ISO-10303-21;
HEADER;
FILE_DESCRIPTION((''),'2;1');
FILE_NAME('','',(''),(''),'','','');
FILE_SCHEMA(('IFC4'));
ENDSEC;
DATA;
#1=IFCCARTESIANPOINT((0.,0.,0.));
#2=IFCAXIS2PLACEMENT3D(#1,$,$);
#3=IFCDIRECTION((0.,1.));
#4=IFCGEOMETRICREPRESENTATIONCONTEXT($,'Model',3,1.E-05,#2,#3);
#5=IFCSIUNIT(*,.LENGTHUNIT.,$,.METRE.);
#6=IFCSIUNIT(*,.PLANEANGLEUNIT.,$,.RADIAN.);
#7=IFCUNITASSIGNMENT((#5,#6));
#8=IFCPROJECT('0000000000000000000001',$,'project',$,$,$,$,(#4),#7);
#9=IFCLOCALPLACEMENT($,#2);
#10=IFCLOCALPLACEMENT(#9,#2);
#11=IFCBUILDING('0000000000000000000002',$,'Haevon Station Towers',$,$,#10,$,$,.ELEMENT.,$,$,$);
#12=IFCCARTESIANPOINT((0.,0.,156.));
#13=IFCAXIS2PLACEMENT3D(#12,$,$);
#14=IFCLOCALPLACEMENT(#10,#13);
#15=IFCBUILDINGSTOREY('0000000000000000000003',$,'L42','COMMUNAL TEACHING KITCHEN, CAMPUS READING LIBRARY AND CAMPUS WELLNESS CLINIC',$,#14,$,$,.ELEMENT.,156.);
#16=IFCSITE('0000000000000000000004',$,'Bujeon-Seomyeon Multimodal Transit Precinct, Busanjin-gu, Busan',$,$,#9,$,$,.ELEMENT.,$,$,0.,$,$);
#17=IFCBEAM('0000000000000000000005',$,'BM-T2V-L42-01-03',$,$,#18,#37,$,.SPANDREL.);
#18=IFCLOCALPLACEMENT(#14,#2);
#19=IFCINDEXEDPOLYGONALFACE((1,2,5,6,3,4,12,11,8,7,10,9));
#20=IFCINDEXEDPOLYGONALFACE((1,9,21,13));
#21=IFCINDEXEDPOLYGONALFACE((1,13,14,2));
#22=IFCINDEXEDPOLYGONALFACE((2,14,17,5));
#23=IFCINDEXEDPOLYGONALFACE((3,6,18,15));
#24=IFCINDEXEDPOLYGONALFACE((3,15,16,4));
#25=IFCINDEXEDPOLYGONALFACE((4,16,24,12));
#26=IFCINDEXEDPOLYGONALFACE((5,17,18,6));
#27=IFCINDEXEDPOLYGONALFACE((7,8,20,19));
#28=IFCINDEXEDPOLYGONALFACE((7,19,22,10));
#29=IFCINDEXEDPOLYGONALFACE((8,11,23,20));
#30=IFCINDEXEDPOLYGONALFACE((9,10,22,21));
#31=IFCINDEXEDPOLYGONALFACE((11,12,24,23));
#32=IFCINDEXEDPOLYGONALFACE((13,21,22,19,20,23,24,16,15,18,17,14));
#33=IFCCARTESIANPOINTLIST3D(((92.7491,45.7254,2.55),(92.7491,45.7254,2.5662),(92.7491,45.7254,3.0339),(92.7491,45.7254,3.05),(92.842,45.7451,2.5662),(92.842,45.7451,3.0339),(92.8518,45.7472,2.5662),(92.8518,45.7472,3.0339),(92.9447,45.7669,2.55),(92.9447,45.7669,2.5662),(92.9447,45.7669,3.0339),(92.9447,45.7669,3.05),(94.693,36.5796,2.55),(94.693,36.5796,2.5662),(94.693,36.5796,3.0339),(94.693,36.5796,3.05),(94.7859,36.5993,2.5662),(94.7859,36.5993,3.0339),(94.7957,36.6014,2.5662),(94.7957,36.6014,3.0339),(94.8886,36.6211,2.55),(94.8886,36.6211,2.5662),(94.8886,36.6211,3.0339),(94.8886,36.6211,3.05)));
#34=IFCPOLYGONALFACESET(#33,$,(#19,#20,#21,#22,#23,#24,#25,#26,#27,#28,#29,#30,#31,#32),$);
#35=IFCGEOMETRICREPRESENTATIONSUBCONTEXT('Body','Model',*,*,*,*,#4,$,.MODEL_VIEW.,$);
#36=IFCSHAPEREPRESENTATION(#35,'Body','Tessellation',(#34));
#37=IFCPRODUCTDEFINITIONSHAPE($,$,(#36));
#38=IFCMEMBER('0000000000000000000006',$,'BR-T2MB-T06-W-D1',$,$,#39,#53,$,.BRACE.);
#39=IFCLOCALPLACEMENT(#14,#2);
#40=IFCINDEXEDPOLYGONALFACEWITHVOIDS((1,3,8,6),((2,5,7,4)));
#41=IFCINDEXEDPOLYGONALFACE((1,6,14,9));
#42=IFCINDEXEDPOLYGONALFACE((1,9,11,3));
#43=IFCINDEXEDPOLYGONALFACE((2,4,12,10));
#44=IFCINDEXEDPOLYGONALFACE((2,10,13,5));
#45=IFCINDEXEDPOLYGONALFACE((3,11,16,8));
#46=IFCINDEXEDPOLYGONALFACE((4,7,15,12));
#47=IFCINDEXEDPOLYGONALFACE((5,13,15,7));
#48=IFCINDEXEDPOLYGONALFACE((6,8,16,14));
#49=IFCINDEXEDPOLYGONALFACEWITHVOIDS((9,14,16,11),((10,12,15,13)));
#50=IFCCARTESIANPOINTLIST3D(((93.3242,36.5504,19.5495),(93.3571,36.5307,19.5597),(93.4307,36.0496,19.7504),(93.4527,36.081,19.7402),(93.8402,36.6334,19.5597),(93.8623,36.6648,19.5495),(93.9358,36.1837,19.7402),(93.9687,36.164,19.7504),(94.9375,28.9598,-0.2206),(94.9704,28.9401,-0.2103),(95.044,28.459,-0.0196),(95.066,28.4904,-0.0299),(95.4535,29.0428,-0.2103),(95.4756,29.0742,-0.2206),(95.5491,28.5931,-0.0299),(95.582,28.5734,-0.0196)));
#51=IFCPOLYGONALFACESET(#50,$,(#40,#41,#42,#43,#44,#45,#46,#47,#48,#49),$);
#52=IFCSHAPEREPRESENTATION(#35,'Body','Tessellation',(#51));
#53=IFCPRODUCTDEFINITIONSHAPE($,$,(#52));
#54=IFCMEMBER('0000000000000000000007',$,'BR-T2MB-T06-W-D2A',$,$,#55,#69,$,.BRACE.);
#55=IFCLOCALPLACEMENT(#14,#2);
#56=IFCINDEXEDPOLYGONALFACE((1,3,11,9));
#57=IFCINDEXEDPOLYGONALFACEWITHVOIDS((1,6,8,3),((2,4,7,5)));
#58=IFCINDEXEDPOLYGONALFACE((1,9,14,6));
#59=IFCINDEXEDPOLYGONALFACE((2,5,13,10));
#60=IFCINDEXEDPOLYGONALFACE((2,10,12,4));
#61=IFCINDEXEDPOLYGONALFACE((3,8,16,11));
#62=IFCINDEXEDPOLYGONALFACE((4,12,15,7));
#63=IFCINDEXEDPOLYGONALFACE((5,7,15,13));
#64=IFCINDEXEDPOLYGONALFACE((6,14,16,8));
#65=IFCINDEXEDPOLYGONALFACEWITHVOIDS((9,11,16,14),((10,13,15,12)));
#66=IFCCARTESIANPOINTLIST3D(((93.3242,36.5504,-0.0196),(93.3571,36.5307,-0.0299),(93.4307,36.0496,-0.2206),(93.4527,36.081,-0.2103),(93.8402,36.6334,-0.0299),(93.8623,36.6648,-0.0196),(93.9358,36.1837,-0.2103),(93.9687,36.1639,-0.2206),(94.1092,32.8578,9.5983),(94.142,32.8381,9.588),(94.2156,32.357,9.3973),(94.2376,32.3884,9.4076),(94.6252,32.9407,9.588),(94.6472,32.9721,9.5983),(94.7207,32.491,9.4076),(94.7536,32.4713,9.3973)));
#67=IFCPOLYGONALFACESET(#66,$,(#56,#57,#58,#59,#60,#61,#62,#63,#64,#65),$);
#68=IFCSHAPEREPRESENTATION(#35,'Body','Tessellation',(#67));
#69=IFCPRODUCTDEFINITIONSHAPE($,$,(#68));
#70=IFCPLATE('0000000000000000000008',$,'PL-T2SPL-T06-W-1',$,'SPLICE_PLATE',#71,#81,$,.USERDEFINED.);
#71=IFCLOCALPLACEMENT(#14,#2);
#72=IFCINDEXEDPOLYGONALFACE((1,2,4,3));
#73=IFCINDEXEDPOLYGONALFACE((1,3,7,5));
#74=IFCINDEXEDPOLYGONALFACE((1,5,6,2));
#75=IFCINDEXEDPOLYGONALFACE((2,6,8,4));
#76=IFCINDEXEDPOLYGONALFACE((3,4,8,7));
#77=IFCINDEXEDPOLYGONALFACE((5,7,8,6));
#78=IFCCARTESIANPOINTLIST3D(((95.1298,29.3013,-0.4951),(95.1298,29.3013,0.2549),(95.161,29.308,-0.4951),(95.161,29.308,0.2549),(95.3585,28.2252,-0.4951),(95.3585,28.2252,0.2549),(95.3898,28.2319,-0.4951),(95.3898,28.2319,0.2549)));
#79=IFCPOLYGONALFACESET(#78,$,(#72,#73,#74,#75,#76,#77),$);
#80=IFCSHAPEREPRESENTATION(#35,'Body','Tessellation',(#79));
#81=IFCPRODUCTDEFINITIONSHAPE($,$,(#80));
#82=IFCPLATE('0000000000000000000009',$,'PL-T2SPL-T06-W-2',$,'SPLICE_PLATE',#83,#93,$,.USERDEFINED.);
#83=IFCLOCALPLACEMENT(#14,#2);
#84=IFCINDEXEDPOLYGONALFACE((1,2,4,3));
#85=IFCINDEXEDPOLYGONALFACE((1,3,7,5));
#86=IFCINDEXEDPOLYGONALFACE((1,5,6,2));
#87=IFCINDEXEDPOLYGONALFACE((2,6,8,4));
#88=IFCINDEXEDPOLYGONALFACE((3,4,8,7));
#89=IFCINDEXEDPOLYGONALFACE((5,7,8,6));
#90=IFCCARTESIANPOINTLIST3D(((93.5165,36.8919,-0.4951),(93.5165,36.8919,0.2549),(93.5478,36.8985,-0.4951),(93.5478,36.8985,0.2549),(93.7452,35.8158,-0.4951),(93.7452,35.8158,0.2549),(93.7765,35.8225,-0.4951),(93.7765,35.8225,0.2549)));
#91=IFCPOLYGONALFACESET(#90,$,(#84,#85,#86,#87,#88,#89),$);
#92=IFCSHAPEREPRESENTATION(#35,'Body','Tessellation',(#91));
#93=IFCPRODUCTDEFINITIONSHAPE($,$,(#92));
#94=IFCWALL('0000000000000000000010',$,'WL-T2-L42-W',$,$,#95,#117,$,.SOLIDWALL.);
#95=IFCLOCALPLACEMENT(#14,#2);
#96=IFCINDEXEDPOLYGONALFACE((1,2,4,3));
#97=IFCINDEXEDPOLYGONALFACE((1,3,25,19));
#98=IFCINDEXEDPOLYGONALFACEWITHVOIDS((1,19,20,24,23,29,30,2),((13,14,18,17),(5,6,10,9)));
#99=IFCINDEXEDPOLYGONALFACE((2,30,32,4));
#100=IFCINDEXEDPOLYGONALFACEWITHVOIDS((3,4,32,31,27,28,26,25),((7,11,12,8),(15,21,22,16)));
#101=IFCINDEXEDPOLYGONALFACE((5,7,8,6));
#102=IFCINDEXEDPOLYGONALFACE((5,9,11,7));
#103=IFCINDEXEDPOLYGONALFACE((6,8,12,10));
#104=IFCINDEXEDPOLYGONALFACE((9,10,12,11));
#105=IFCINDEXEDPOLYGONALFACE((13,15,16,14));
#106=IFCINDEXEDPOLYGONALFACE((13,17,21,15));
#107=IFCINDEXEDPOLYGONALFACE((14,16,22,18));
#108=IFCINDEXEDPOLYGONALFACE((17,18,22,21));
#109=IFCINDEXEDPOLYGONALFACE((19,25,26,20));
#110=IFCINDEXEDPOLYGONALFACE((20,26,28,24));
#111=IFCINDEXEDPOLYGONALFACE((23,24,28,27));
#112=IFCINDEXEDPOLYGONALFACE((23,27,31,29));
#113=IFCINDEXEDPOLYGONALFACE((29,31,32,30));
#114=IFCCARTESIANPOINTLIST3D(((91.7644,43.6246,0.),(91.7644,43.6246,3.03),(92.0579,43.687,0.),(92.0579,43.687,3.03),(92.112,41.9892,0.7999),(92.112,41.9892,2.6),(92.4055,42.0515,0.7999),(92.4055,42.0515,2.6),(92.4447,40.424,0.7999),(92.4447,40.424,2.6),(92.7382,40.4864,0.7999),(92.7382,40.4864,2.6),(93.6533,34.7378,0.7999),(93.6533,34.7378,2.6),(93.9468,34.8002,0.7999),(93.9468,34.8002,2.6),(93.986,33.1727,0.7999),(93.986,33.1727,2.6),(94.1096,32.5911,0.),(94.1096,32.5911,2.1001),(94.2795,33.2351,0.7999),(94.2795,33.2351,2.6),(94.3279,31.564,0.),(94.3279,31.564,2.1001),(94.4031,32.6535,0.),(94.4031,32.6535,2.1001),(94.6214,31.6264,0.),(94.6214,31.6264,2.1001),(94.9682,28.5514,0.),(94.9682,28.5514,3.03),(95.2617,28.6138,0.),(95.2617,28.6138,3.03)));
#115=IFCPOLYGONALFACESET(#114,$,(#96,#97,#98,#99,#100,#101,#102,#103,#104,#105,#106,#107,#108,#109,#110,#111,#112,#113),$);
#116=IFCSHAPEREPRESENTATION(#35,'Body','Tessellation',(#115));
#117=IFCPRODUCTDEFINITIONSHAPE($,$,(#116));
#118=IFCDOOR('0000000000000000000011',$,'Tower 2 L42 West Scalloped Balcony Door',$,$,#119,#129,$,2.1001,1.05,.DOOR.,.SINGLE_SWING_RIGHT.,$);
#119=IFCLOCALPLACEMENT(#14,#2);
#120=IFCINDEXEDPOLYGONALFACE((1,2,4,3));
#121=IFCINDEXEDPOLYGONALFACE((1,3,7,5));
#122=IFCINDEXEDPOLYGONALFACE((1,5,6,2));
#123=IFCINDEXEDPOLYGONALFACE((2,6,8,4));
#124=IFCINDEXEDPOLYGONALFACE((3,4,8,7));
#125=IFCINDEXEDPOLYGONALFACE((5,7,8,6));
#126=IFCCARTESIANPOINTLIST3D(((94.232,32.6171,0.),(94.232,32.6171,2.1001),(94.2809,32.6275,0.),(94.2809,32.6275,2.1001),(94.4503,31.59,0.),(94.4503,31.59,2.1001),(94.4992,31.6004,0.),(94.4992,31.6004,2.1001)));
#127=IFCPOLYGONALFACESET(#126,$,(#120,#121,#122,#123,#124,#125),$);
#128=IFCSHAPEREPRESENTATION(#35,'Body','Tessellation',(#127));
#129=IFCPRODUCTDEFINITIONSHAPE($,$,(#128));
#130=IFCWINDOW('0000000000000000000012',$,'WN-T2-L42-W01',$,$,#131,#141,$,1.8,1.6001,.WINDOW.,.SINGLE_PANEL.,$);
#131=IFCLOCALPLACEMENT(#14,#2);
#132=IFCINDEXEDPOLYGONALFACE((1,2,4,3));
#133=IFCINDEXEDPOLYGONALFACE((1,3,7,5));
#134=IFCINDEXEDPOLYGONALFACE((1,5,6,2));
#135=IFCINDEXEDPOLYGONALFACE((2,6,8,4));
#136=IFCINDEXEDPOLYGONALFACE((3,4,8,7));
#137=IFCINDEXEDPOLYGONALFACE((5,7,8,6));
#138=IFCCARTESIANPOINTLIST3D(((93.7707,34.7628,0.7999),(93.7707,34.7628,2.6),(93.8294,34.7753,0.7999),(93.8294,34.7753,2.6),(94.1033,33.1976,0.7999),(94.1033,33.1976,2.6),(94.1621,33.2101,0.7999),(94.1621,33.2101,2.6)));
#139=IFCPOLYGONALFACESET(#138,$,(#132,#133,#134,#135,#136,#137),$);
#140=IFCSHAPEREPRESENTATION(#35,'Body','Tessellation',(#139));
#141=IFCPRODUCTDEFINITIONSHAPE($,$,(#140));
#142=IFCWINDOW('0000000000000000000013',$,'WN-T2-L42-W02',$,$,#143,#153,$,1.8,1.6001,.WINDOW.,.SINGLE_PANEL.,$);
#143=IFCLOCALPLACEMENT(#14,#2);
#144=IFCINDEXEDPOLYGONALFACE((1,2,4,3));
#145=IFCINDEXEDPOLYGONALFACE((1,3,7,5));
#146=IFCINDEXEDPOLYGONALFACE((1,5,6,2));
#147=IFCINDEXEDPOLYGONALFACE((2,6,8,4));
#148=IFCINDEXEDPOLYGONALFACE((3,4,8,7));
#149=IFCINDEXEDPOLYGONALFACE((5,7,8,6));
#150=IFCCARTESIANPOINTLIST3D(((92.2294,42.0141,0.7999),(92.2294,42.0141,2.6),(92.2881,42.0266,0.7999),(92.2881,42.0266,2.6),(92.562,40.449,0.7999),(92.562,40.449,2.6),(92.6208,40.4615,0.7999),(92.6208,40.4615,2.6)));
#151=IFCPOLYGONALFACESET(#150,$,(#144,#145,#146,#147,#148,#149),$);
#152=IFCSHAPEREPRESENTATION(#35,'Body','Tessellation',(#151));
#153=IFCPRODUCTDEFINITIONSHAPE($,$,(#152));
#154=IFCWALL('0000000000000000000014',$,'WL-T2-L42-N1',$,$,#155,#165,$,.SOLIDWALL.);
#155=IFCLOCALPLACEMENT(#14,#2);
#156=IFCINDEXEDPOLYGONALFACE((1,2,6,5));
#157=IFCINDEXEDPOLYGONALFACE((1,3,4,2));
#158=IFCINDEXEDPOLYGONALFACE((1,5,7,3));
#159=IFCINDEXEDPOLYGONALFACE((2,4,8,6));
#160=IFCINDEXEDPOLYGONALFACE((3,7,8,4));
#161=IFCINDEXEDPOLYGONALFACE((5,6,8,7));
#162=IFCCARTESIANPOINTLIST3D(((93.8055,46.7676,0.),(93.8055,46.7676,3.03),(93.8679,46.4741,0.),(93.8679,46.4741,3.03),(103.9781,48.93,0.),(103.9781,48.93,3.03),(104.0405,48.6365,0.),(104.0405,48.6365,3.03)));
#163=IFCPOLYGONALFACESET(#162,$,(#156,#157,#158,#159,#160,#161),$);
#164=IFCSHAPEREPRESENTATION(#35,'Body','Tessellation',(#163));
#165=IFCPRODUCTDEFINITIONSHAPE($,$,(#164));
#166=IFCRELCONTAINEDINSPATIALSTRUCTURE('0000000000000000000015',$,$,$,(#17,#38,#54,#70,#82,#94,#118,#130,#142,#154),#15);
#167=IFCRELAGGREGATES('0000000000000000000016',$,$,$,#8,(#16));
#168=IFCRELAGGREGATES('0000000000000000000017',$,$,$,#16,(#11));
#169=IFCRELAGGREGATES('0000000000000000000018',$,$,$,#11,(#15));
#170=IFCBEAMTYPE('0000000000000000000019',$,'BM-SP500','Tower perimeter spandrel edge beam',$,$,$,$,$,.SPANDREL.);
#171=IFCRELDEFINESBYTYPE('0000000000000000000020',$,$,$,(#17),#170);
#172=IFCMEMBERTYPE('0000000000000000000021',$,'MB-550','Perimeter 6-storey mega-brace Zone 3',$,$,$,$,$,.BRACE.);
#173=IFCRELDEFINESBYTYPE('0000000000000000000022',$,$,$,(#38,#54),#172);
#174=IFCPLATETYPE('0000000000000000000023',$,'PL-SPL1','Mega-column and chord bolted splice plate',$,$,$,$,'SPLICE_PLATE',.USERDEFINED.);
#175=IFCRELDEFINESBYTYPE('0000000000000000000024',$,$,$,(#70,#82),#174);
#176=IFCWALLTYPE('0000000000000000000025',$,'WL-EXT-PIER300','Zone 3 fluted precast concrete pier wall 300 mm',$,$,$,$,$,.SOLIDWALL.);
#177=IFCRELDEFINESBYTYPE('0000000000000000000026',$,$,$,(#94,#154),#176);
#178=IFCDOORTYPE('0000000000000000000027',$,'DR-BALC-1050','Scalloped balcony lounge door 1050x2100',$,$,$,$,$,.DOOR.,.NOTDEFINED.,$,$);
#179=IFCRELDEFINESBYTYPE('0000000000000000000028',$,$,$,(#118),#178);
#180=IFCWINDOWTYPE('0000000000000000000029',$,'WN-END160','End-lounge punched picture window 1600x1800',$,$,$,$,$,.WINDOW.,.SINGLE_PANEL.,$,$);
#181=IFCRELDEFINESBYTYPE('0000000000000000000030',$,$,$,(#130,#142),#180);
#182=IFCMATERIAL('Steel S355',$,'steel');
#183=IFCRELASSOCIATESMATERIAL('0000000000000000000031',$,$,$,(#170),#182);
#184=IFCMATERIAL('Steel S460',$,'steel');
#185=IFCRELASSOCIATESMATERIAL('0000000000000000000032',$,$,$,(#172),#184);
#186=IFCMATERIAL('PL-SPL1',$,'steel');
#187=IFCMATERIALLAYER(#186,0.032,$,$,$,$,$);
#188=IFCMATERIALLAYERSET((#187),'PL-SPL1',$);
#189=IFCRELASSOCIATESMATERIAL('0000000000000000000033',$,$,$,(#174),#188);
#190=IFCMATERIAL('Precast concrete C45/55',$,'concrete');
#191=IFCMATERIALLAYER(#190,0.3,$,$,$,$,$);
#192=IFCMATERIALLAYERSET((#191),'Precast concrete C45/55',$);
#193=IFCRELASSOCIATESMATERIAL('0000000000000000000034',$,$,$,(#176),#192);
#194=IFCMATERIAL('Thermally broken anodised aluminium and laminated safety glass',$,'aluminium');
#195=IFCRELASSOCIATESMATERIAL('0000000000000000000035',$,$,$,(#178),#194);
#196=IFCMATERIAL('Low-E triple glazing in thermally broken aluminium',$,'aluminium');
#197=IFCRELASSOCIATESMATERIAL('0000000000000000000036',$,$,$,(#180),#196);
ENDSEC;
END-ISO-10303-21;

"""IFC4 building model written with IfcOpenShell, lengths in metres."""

from ifc_helpers import new_model, si_unit, direction, frame, frame_2d, origin, origin_2d, place, context, subcontext, project, spatial, rectangle, hollow_rectangle, i_section, extrude, material, layer, layer_set, material_profile, profile_set, type_object, element, fill, save


model = new_model("IFC4")

# Units and contexts
model_context = context("Model", 3, precision=1e-05, world=origin(), true_north=direction((0.0, 1.0)))
body_context = subcontext(model_context, "Body", "Model", "MODEL_VIEW")
ifc_project = project(units=[si_unit("LENGTHUNIT", "METRE"), si_unit("PLANEANGLEUNIT", "RADIAN")], contexts=[model_context])

# Site, building, storey
site_placement = place(None, origin())
site = spatial("IfcSite", under=ifc_project, at=site_placement, Name="Bujeon-Seomyeon Multimodal Transit Precinct, Busanjin-gu, Busan", CompositionType="ELEMENT", RefElevation=0.0)
building_placement = place(site_placement, origin())
building = spatial("IfcBuilding", under=site, at=building_placement, Name="Haevon Station Towers", CompositionType="ELEMENT")
storey_placement = place(building_placement, frame((0.0, 0.0, 156.0)))
storey = spatial("IfcBuildingStorey", under=building, at=storey_placement, Name="L42", Description="COMMUNAL TEACHING KITCHEN, CAMPUS READING LIBRARY AND CAMPUS WELLNESS CLINIC", CompositionType="ELEMENT", Elevation=156.0)

# Shared definitions
ifc_material_1 = material(Name="Steel S460", Category="steel")
ifc_material_2 = material(Name="Steel S355", Category="steel")

# Beam
ifc_material_profile_1 = material_profile(ifc_material_2, i_section(OverallWidth=0.2, OverallDepth=0.5, WebThickness=0.01, FlangeThickness=0.0161, at=origin_2d()), Name="H-500x200x10x16")
ifc_profile_set_1 = profile_set([ifc_material_profile_1], Name="Steel S355")
beam_type_1 = type_object("IfcBeamType", Name="BM-SP500", Description="Tower perimeter spandrel edge beam", PredefinedType="SPANDREL", material=ifc_profile_set_1)
beam_1_placement = place(storey_placement, frame((94.7908, 36.6003, 2.8), z_axis=(-0.207897, 0.978151, 0.0), x_axis=(-0.978151, -0.207897, 0.0)))
element("IfcBeam", 1, at=beam_1_placement, inside=storey, type_object=beam_type_1, Name="BM-T2V-L42-01-03", PredefinedType="SPANDREL", context=body_context, shape_type="SweptSolid", body=[
    extrude(i_section(OverallWidth=0.2, OverallDepth=0.5, WebThickness=0.01, FlangeThickness=0.0161, at=origin_2d()), origin(), (0.0, 0.0, 1.0), 9.3501),
])

# Members
ifc_material_profile_2 = material_profile(ifc_material_1, hollow_rectangle(XDim=0.55, YDim=0.55, WallThickness=0.0281, at=origin_2d()), Name="RHS-550x550x28")
ifc_profile_set_2 = profile_set([ifc_material_profile_2], Name="Steel S460")
member_type = type_object("IfcMemberType", Name="MB-550", Description="Perimeter 6-storey mega-brace Zone 3", PredefinedType="BRACE", material=ifc_profile_set_2)
member_1_placement = place(storey_placement, frame((95.2598, 28.7666, -0.1201), z_axis=(-0.07596, 0.357397, 0.930858), x_axis=(-0.978151, -0.207894, 0.0)))
element("IfcMember", 2, at=member_1_placement, inside=storey, type_object=member_type, Name="BR-T2MB-T06-W-D1", PredefinedType="BRACE", context=body_context, shape_type="SweptSolid", body=[
    extrude(hollow_rectangle(XDim=0.55, YDim=0.55, WallThickness=0.0281, at=origin_2d()), origin(), (0.0, 0.0, 1.0), 21.2385),
])
member_2_placement = place(storey_placement, frame((93.6465, 36.3572, -0.1201), z_axis=(0.075967, -0.357388, 0.930862), x_axis=(0.978147, 0.207917, 0.0)))
element("IfcMember", 3, at=member_2_placement, inside=storey, type_object=member_type, Name="BR-T2MB-T06-W-D2A", PredefinedType="BRACE", context=body_context, shape_type="SweptSolid", body=[
    extrude(hollow_rectangle(XDim=0.55, YDim=0.55, WallThickness=0.0281, at=origin_2d()), origin(), (0.0, 0.0, 1.0), 10.3323),
])

# Plates
ifc_material_3 = material(Name="PL-SPL1", Category="steel")
ifc_layer_1 = layer(ifc_material_3, 0.032)
ifc_layer_set_1 = layer_set([ifc_layer_1], Name="PL-SPL1")
plate_type = type_object("IfcPlateType", Name="PL-SPL1", Description="Mega-column and chord bolted splice plate", ElementType="SPLICE_PLATE", PredefinedType="USERDEFINED", material=ifc_layer_set_1)
for number, where, z_axis, x_axis, name in (
    (4, (95.2598, 28.7666, -0.4951), (0.0, 0.0, 1.0), (-0.207912, 0.978148, 0.0), "PL-T2SPL-T06-W-1"),
    (5, (93.6465, 36.3572, -0.4951), (0.0, 0.0, 1.0), (-0.207912, 0.978148, 0.0), "PL-T2SPL-T06-W-2"),
):
    element("IfcPlate", number, at=place(storey_placement, frame(where, z_axis=z_axis, x_axis=x_axis)), inside=storey, type_object=plate_type, Name=name, ObjectType="SPLICE_PLATE", PredefinedType="USERDEFINED", context=body_context, shape_type="SweptSolid", body=[
        extrude(rectangle(XDim=1.1001, YDim=0.032, at=origin_2d()), origin(), (0.0, 0.0, 1.0), 0.75),
    ])

# Wall, openings, door, windows
ifc_material_4 = material(Name="Precast concrete C45/55", Category="concrete")
ifc_layer_2 = layer(ifc_material_4, 0.3)
ifc_layer_set_2 = layer_set([ifc_layer_2], Name="Precast concrete C45/55")
wall_type = type_object("IfcWallType", Name="WL-EXT-PIER300", Description="Zone 3 fluted precast concrete pier wall 300 mm", PredefinedType="SOLIDWALL", material=ifc_layer_set_2)
wall_1_placement = place(storey_placement, frame((95.115, 28.5825, 0.0), z_axis=(0.0, 0.0, 1.0), x_axis=(-0.207908, 0.978148, 0.0)))
wall_1 = element("IfcWall", 6, at=wall_1_placement, inside=storey, type_object=wall_type, Name="WL-T2-L42-W", PredefinedType="SOLIDWALL", context=body_context, shape_type="SweptSolid", body=[
    extrude(rectangle(XDim=15.4099, YDim=0.3, at=frame_2d((7.7051, 0.0))), origin(), (0.0, 0.0, 1.0), 3.03),
])
opening_1_placement = place(wall_1_placement, frame((3.0801, 0.0, 0.0)))
opening_1 = element("IfcOpeningElement", 7, at=opening_1_placement, cuts=wall_1, PredefinedType="OPENING", context=body_context, shape_type="SweptSolid", body=[
    extrude(rectangle(XDim=1.05, YDim=2.1001, at=frame_2d((0.5249, 1.05))), frame((0.0, 0.1599, 0.0), z_axis=(0.0, -1.0, 0.0), x_axis=(1.0, 0.0, 0.0)), (0.0, 0.0, 1.0), 0.3201),
])
opening_2_placement = place(wall_1_placement, frame((4.7246, 0.0, 0.8)))
opening_2 = element("IfcOpeningElement", 8, at=opening_2_placement, cuts=wall_1, PredefinedType="OPENING", context=body_context, shape_type="SweptSolid", body=[
    extrude(rectangle(XDim=1.6001, YDim=1.8, at=frame_2d((0.8, 0.8999))), frame((0.0, 0.1599, 0.0), z_axis=(0.0, -1.0, 0.0), x_axis=(1.0, 0.0, 0.0)), (0.0, 0.0, 1.0), 0.3201),
])
opening_3_placement = place(wall_1_placement, frame((12.1379, 0.0, 0.8)))
opening_3 = element("IfcOpeningElement", 9, at=opening_3_placement, cuts=wall_1, PredefinedType="OPENING", context=body_context, shape_type="SweptSolid", body=[
    extrude(rectangle(XDim=1.6001, YDim=1.8, at=frame_2d((0.8, 0.8999))), frame((0.0, 0.1599, 0.0), z_axis=(0.0, -1.0, 0.0), x_axis=(1.0, 0.0, 0.0)), (0.0, 0.0, 1.0), 0.3201),
])
ifc_material_5 = material(Name="Thermally broken anodised aluminium and laminated safety glass", Category="aluminium")
door_type = type_object("IfcDoorType", Name="DR-BALC-1050", Description="Scalloped balcony lounge door 1050x2100", OperationType="NOTDEFINED", PredefinedType="DOOR", material=ifc_material_5)
door_placement = place(opening_1_placement, origin())
door = element("IfcDoor", 10, at=door_placement, inside=storey, type_object=door_type, Name="Tower 2 L42 West Scalloped Balcony Door", OperationType="SINGLE_SWING_RIGHT", OverallHeight=2.1001, OverallWidth=1.05, PredefinedType="DOOR", context=body_context, shape_type="SweptSolid", body=[
    extrude(rectangle(XDim=1.05, YDim=2.1001, at=frame_2d((0.5249, 1.05))), frame((0.0, 0.0249, 0.0), z_axis=(0.0, -1.0, 0.0), x_axis=(1.0, 0.0, 0.0)), (0.0, 0.0, 1.0), 0.05),
])
fill(opening_1, door)
ifc_material_6 = material(Name="Low-E triple glazing in thermally broken aluminium", Category="aluminium")
window_type = type_object("IfcWindowType", Name="WN-END160", Description="End-lounge punched picture window 1600x1800", PartitioningType="SINGLE_PANEL", PredefinedType="WINDOW", material=ifc_material_6)
window_1_placement = place(opening_2_placement, origin())
window_1 = element("IfcWindow", 11, at=window_1_placement, inside=storey, type_object=window_type, Name="WN-T2-L42-W01", OverallHeight=1.8, OverallWidth=1.6001, PartitioningType="SINGLE_PANEL", PredefinedType="WINDOW", context=body_context, shape_type="SweptSolid", body=[
    extrude(rectangle(XDim=1.6001, YDim=1.8, at=frame_2d((0.8, 0.8999))), frame((0.0, 0.03, 0.0), z_axis=(0.0, -1.0, 0.0), x_axis=(1.0, 0.0, 0.0)), (0.0, 0.0, 1.0), 0.0601),
])
fill(opening_2, window_1)
window_2_placement = place(opening_3_placement, origin())
window_2 = element("IfcWindow", 12, at=window_2_placement, inside=storey, type_object=window_type, Name="WN-T2-L42-W02", OverallHeight=1.8, OverallWidth=1.6001, PartitioningType="SINGLE_PANEL", PredefinedType="WINDOW", context=body_context, shape_type="SweptSolid", body=[
    extrude(rectangle(XDim=1.6001, YDim=1.8, at=frame_2d((0.8, 0.8999))), frame((0.0, 0.03, 0.0), z_axis=(0.0, -1.0, 0.0), x_axis=(1.0, 0.0, 0.0)), (0.0, 0.0, 1.0), 0.0601),
])
fill(opening_3, window_2)

# Wall
wall_2_placement = place(storey_placement, frame((93.8367, 46.6208, 0.0), z_axis=(0.0, 0.0, 1.0), x_axis=(0.978146, 0.207921, 0.0)))
element("IfcWall", 13, at=wall_2_placement, inside=storey, type_object=wall_type, Name="WL-T2-L42-N1", PredefinedType="SOLIDWALL", context=body_context, shape_type="SweptSolid", body=[
    extrude(rectangle(XDim=10.3999, YDim=0.3, at=frame_2d((5.2, 0.0))), origin(), (0.0, 0.0, 1.0), 3.03),
])

save(model, "model.ifc")
